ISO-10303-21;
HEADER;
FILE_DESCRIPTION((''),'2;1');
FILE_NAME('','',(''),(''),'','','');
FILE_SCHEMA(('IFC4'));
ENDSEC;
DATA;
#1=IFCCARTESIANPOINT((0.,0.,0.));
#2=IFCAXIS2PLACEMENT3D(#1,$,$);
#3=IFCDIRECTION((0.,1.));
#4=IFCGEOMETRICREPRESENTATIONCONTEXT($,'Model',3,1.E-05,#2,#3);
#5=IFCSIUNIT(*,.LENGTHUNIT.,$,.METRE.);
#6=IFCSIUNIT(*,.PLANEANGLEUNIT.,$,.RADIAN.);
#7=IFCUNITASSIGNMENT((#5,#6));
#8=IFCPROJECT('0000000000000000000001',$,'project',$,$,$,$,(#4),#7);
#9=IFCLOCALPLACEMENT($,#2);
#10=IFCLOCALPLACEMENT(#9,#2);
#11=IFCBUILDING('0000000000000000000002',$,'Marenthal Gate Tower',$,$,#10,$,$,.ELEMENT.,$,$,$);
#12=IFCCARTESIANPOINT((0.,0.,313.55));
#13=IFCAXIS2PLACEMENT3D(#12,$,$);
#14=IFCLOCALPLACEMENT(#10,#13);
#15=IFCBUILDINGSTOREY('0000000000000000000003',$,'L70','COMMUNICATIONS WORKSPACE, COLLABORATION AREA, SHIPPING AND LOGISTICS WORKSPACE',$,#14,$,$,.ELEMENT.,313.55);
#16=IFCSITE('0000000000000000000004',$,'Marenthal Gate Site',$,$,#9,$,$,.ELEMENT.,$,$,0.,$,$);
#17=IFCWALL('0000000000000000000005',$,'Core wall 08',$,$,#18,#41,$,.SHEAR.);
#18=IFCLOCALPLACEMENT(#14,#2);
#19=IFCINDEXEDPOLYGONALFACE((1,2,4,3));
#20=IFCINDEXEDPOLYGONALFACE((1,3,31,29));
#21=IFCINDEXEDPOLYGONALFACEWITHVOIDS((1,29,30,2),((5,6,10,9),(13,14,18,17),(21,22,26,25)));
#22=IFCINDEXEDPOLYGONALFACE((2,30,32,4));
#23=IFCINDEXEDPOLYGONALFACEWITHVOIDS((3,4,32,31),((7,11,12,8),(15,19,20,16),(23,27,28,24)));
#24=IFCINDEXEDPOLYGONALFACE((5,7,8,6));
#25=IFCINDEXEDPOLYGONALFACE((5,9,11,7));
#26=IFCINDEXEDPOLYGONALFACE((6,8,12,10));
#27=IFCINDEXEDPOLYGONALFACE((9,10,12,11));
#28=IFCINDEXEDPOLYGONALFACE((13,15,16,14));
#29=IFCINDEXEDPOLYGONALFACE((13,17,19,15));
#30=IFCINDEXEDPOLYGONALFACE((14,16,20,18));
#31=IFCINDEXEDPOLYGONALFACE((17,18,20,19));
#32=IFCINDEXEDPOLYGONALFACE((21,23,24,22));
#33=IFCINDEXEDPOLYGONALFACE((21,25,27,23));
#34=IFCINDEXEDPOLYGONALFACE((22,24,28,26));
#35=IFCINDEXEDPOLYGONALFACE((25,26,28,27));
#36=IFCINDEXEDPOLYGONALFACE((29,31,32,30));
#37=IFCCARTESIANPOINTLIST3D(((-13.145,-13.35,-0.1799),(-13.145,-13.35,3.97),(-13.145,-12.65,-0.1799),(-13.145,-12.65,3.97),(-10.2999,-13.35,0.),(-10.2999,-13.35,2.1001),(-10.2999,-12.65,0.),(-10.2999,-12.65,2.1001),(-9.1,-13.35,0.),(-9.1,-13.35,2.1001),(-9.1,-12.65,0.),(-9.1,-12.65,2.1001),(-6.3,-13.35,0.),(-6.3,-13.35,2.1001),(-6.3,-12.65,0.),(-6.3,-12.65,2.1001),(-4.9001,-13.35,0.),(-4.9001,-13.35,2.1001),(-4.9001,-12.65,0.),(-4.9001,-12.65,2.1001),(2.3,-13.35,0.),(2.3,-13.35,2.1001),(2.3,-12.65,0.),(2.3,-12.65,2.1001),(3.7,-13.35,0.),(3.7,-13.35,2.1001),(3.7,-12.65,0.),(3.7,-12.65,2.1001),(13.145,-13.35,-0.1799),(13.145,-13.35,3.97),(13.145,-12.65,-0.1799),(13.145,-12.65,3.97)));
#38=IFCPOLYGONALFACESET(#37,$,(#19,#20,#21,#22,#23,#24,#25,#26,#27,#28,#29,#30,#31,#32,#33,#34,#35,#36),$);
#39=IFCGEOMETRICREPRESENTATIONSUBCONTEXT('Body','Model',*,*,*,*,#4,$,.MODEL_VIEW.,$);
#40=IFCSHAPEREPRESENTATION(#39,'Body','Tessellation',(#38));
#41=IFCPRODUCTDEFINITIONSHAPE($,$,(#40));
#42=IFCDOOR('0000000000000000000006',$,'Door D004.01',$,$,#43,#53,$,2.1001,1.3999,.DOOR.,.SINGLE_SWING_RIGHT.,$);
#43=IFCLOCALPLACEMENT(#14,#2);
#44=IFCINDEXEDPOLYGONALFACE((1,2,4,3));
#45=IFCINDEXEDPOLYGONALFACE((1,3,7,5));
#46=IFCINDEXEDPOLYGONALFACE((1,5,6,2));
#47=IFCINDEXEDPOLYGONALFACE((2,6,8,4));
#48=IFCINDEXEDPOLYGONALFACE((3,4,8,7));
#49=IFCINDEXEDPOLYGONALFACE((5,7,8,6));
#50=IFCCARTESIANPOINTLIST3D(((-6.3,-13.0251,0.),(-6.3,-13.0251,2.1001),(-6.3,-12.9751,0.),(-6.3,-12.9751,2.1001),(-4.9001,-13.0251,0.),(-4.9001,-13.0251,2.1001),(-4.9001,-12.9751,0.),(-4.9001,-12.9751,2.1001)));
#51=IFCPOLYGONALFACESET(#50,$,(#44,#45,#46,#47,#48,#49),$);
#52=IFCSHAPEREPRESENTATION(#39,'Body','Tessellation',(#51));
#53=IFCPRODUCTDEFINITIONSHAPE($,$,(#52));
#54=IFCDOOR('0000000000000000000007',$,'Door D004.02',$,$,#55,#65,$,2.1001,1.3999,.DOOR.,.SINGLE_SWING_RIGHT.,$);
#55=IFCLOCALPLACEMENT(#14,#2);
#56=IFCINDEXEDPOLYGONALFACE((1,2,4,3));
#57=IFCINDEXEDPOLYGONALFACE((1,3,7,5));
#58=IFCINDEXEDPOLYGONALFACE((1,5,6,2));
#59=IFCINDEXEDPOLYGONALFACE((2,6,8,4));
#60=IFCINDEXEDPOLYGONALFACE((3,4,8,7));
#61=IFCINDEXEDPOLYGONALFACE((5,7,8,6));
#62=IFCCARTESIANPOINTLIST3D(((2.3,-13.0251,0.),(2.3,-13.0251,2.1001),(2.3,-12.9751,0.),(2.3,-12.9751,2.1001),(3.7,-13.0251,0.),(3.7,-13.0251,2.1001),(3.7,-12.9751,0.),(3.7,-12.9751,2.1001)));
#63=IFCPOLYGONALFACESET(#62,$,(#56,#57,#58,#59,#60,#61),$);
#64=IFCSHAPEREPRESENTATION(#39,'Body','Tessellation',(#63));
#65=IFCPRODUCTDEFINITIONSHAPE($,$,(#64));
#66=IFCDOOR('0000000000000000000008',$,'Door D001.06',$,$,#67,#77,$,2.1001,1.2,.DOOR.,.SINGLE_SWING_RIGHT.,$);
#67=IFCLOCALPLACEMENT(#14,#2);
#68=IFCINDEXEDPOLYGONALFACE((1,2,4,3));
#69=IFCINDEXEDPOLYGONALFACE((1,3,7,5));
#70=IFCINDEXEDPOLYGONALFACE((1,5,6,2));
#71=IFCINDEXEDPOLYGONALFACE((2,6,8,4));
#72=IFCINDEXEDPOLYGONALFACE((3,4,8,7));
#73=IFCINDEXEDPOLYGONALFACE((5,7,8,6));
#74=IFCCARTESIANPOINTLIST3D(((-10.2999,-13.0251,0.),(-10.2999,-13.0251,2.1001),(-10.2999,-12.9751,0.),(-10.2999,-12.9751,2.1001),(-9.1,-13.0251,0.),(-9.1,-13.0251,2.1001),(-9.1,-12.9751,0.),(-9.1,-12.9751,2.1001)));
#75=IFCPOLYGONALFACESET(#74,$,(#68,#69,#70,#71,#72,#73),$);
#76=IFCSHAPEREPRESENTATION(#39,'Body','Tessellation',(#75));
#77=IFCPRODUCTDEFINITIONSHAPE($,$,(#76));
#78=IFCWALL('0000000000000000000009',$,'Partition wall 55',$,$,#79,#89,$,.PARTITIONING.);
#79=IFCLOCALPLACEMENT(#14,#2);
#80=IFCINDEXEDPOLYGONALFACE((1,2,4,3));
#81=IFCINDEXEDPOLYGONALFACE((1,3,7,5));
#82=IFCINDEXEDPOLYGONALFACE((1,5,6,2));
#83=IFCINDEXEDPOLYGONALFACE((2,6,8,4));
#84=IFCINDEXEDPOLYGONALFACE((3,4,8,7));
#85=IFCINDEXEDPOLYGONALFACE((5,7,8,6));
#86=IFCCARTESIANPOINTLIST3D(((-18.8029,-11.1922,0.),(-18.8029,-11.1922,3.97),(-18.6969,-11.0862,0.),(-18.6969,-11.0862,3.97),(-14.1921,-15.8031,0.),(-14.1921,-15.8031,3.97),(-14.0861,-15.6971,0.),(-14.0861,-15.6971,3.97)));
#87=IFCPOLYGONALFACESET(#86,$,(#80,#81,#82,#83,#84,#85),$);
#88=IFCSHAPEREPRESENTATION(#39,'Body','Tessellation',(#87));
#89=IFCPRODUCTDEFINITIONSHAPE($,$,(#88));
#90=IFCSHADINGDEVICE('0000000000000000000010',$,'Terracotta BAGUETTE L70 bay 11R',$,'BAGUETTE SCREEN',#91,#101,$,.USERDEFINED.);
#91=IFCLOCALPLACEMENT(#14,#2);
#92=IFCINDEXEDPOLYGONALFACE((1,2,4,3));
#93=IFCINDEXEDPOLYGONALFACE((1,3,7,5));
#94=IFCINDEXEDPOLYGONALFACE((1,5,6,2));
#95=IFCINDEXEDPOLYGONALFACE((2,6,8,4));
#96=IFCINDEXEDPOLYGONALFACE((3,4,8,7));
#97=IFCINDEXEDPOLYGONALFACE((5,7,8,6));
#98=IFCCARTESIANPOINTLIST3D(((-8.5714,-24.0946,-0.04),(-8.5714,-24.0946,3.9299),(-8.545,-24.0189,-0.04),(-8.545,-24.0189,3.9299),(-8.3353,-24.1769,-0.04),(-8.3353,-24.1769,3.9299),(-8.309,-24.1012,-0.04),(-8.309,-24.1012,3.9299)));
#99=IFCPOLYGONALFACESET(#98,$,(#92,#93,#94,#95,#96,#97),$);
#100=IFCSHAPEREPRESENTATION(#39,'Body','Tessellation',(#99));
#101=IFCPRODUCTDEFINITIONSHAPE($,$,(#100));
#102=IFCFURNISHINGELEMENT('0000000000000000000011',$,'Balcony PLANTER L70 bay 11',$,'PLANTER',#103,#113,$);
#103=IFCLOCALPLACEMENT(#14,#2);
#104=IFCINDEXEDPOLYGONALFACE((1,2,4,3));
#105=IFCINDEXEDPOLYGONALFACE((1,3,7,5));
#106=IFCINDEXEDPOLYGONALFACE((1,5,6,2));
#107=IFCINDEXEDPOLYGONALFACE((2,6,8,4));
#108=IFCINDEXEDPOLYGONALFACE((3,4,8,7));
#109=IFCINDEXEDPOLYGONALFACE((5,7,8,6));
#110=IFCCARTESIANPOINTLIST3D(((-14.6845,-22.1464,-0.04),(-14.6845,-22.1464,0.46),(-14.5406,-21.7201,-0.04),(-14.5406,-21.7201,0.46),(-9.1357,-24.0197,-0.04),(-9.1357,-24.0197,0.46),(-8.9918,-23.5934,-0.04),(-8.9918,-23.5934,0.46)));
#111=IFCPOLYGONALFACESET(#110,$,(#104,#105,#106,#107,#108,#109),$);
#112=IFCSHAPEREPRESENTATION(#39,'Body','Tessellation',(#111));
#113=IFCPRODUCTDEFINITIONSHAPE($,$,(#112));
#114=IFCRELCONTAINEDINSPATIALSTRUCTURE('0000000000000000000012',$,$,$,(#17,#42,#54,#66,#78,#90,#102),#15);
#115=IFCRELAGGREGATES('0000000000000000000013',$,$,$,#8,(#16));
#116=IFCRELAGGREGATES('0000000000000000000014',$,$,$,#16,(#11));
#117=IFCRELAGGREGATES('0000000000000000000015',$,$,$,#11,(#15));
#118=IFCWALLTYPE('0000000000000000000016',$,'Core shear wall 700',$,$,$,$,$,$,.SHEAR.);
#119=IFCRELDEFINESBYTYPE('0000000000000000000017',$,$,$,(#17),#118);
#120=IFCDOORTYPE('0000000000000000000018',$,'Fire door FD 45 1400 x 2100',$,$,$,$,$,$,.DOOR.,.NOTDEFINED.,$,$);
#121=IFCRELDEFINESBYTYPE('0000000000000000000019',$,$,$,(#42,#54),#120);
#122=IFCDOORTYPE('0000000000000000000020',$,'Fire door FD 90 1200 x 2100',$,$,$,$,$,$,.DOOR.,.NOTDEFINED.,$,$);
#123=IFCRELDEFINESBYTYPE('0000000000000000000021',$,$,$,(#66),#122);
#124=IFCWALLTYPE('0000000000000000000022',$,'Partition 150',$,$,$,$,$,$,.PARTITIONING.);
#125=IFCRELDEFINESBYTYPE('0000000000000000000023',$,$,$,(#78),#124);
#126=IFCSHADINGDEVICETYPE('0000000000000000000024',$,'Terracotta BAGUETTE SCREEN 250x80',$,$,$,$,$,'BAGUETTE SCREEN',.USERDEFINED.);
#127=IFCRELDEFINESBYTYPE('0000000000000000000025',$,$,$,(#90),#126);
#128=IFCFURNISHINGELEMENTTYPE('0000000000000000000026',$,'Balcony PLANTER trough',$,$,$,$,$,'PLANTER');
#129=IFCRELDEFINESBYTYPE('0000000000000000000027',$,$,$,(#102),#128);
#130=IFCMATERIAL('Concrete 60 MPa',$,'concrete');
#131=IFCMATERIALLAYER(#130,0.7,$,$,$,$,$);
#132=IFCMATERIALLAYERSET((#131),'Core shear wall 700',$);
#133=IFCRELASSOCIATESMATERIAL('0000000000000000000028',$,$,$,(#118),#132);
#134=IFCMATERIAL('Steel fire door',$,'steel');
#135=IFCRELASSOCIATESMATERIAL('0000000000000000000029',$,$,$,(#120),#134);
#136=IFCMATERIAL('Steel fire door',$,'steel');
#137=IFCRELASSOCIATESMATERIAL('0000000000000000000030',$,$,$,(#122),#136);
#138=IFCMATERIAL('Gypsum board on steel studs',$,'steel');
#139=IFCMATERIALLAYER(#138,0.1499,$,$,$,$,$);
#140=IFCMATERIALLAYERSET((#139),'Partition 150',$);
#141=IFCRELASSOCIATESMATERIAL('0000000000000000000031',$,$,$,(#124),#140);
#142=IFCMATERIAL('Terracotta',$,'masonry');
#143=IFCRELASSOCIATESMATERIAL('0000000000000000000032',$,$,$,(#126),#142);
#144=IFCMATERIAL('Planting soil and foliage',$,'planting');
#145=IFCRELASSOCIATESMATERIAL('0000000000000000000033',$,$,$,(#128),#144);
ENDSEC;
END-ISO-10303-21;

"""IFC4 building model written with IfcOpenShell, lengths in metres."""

from ifc_helpers import new_model, si_unit, direction, frame, frame_2d, origin, origin_2d, place, context, subcontext, project, spatial, rectangle, extrude, material, layer, layer_set, material_profile, profile_set, type_object, element, fill, save


model = new_model("IFC4")

# Units and contexts
model_context = context("Model", 3, precision=1e-05, world=origin(), true_north=direction((0.0, 1.0)))
body_context = subcontext(model_context, "Body", "Model", "MODEL_VIEW")
ifc_project = project(units=[si_unit("LENGTHUNIT", "METRE"), si_unit("PLANEANGLEUNIT", "RADIAN")], contexts=[model_context])

# Site, building, storey
site_placement = place(None, origin())
site = spatial("IfcSite", under=ifc_project, at=site_placement, Name="Marenthal Gate Site", CompositionType="ELEMENT", RefElevation=0.0)
building_placement = place(site_placement, origin())
building = spatial("IfcBuilding", under=site, at=building_placement, Name="Marenthal Gate Tower", CompositionType="ELEMENT")
storey_placement = place(building_placement, frame((0.0, 0.0, 313.55)))
storey = spatial("IfcBuildingStorey", under=building, at=storey_placement, Name="L70", Description="COMMUNICATIONS WORKSPACE, COLLABORATION AREA, SHIPPING AND LOGISTICS WORKSPACE", CompositionType="ELEMENT", Elevation=313.55)

# Wall, openings, doors
ifc_material_1 = material(Name="Concrete 60 MPa", Category="concrete")
ifc_layer_1 = layer(ifc_material_1, 0.7)
ifc_layer_set_1 = layer_set([ifc_layer_1], Name="Core shear wall 700")
wall_type_1 = type_object("IfcWallType", Name="Core shear wall 700", PredefinedType="SHEAR", material=ifc_layer_set_1)
wall_1_placement = place(storey_placement, frame((-13.145, -13.0, -0.1799), z_axis=(0.0, 0.0, 1.0), x_axis=(1.0, 0.0, 0.0)))
wall_1 = element("IfcWall", 1, at=wall_1_placement, inside=storey, type_object=wall_type_1, Name="Core wall 08", PredefinedType="SHEAR", context=body_context, shape_type="SweptSolid", body=[
    extrude(rectangle(XDim=26.29, YDim=0.7, at=frame_2d((13.145, 0.0))), origin(), (0.0, 0.0, 1.0), 4.1499),
])
opening_1_placement = place(wall_1_placement, frame((2.845, 0.0, 0.1799)))
opening_1 = element("IfcOpeningElement", 2, at=opening_1_placement, cuts=wall_1, PredefinedType="OPENING", context=body_context, shape_type="SweptSolid", body=[
    extrude(rectangle(XDim=1.2, YDim=2.1001, at=frame_2d((0.6001, 1.05))), frame((0.0, 0.3599, 0.0), z_axis=(0.0, -1.0, 0.0), x_axis=(1.0, 0.0, 0.0)), (0.0, 0.0, 1.0), 0.72),
])
opening_2_placement = place(wall_1_placement, frame((6.845, 0.0, 0.1799)))
opening_2 = element("IfcOpeningElement", 3, at=opening_2_placement, cuts=wall_1, PredefinedType="OPENING", context=body_context, shape_type="SweptSolid", body=[
    extrude(rectangle(XDim=1.3999, YDim=2.1001, at=frame_2d((0.7, 1.05))), frame((0.0, 0.3599, 0.0), z_axis=(0.0, -1.0, 0.0), x_axis=(1.0, 0.0, 0.0)), (0.0, 0.0, 1.0), 0.72),
])
opening_3_placement = place(wall_1_placement, frame((15.4451, 0.0, 0.1799)))
opening_3 = element("IfcOpeningElement", 4, at=opening_3_placement, cuts=wall_1, PredefinedType="OPENING", context=body_context, shape_type="SweptSolid", body=[
    extrude(rectangle(XDim=1.3999, YDim=2.1001, at=frame_2d((0.7, 1.05))), frame((0.0, 0.3599, 0.0), z_axis=(0.0, -1.0, 0.0), x_axis=(1.0, 0.0, 0.0)), (0.0, 0.0, 1.0), 0.72),
])
ifc_material_2 = material(Name="Steel fire door", Category="steel")
door_type_1 = type_object("IfcDoorType", Name="Fire door FD 45 1400 x 2100", OperationType="NOTDEFINED", PredefinedType="DOOR", material=ifc_material_2)
door_1_placement = place(opening_2_placement, origin())
door_1 = element("IfcDoor", 5, at=door_1_placement, inside=storey, type_object=door_type_1, Name="Door D004.01", OperationType="SINGLE_SWING_RIGHT", OverallHeight=2.1001, OverallWidth=1.3999, PredefinedType="DOOR", context=body_context, shape_type="SweptSolid", body=[
    extrude(rectangle(XDim=1.3999, YDim=2.1001, at=frame_2d((0.7, 1.05))), frame((0.0, 0.0249, 0.0), z_axis=(0.0, -1.0, 0.0), x_axis=(1.0, 0.0, 0.0)), (0.0, 0.0, 1.0), 0.05),
])
fill(opening_2, door_1)
door_2_placement = place(opening_3_placement, origin())
door_2 = element("IfcDoor", 6, at=door_2_placement, inside=storey, type_object=door_type_1, Name="Door D004.02", OperationType="SINGLE_SWING_RIGHT", OverallHeight=2.1001, OverallWidth=1.3999, PredefinedType="DOOR", context=body_context, shape_type="SweptSolid", body=[
    extrude(rectangle(XDim=1.3999, YDim=2.1001, at=frame_2d((0.7, 1.05))), frame((0.0, 0.0249, 0.0), z_axis=(0.0, -1.0, 0.0), x_axis=(1.0, 0.0, 0.0)), (0.0, 0.0, 1.0), 0.05),
])
fill(opening_3, door_2)
ifc_material_3 = material(Name="Steel fire door", Category="steel")
door_type_2 = type_object("IfcDoorType", Name="Fire door FD 90 1200 x 2100", OperationType="NOTDEFINED", PredefinedType="DOOR", material=ifc_material_3)
door_3_placement = place(opening_1_placement, origin())
door_3 = element("IfcDoor", 7, at=door_3_placement, inside=storey, type_object=door_type_2, Name="Door D001.06", OperationType="SINGLE_SWING_RIGHT", OverallHeight=2.1001, OverallWidth=1.2, PredefinedType="DOOR", context=body_context, shape_type="SweptSolid", body=[
    extrude(rectangle(XDim=1.2, YDim=2.1001, at=frame_2d((0.6001, 1.05))), frame((0.0, 0.0249, 0.0), z_axis=(0.0, -1.0, 0.0), x_axis=(1.0, 0.0, 0.0)), (0.0, 0.0, 1.0), 0.05),
])
fill(opening_1, door_3)

# Wall
ifc_material_4 = material(Name="Gypsum board on steel studs", Category="steel")
ifc_layer_2 = layer(ifc_material_4, 0.1499)
ifc_layer_set_2 = layer_set([ifc_layer_2], Name="Partition 150")
wall_type_2 = type_object("IfcWallType", Name="Partition 150", PredefinedType="PARTITIONING", material=ifc_layer_set_2)
wall_2_placement = place(storey_placement, frame((-14.1392, -15.75, 0.0), z_axis=(0.0, 0.0, 1.0), x_axis=(-0.707107, 0.707107, 0.0)))
element("IfcWall", 8, at=wall_2_placement, inside=storey, type_object=wall_type_2, Name="Partition wall 55", PredefinedType="PARTITIONING", context=body_context, shape_type="SweptSolid", body=[
    extrude(rectangle(XDim=6.5208, YDim=0.1499, at=frame_2d((3.2603, 0.0))), origin(), (0.0, 0.0, 1.0), 3.97),
])

# Shading device
ifc_material_5 = material(Name="Terracotta", Category="masonry")
ifc_material_profile_1 = material_profile(ifc_material_5, rectangle(XDim=0.25, YDim=0.0801, at=origin_2d()), Name="Terracotta baguette 250x80")
ifc_profile_set_1 = profile_set([ifc_material_profile_1], Name="Terracotta")
shading_device_type = type_object("IfcShadingDeviceType", Name="Terracotta BAGUETTE SCREEN 250x80", ElementType="BAGUETTE SCREEN", PredefinedType="USERDEFINED", material=ifc_profile_set_1)
shading_device_placement = place(storey_placement, frame((-8.4402, -24.0979, -0.04), z_axis=(0.0, 0.0, 1.0), x_axis=(0.944249, -0.329232, 0.0)))
element("IfcShadingDevice", 9, at=shading_device_placement, inside=storey, type_object=shading_device_type, Name="Terracotta BAGUETTE L70 bay 11R", ObjectType="BAGUETTE SCREEN", PredefinedType="USERDEFINED", context=body_context, shape_type="SweptSolid", body=[
    extrude(rectangle(XDim=0.25, YDim=0.0801, at=origin_2d()), origin(), (0.0, 0.0, 1.0), 3.97),
])

# Furnishing element
ifc_material_6 = material(Name="Planting soil and foliage", Category="planting")
furnishing_element_type = type_object("IfcFurnishingElementType", Name="Balcony PLANTER trough", ElementType="PLANTER", material=ifc_material_6)
furnishing_placement = place(storey_placement, frame((-11.8381, -22.8699, -0.04), z_axis=(0.0, 0.0, 1.0), x_axis=(0.947463, -0.319866, 0.0)))
element("IfcFurnishingElement", 10, at=furnishing_placement, inside=storey, type_object=furnishing_element_type, Name="Balcony PLANTER L70 bay 11", ObjectType="PLANTER", context=body_context, shape_type="SweptSolid", body=[
    extrude(rectangle(XDim=5.8564, YDim=0.45, at=origin_2d()), origin(), (0.0, 0.0, 1.0), 0.5),
])

save(model, "model.ifc")
